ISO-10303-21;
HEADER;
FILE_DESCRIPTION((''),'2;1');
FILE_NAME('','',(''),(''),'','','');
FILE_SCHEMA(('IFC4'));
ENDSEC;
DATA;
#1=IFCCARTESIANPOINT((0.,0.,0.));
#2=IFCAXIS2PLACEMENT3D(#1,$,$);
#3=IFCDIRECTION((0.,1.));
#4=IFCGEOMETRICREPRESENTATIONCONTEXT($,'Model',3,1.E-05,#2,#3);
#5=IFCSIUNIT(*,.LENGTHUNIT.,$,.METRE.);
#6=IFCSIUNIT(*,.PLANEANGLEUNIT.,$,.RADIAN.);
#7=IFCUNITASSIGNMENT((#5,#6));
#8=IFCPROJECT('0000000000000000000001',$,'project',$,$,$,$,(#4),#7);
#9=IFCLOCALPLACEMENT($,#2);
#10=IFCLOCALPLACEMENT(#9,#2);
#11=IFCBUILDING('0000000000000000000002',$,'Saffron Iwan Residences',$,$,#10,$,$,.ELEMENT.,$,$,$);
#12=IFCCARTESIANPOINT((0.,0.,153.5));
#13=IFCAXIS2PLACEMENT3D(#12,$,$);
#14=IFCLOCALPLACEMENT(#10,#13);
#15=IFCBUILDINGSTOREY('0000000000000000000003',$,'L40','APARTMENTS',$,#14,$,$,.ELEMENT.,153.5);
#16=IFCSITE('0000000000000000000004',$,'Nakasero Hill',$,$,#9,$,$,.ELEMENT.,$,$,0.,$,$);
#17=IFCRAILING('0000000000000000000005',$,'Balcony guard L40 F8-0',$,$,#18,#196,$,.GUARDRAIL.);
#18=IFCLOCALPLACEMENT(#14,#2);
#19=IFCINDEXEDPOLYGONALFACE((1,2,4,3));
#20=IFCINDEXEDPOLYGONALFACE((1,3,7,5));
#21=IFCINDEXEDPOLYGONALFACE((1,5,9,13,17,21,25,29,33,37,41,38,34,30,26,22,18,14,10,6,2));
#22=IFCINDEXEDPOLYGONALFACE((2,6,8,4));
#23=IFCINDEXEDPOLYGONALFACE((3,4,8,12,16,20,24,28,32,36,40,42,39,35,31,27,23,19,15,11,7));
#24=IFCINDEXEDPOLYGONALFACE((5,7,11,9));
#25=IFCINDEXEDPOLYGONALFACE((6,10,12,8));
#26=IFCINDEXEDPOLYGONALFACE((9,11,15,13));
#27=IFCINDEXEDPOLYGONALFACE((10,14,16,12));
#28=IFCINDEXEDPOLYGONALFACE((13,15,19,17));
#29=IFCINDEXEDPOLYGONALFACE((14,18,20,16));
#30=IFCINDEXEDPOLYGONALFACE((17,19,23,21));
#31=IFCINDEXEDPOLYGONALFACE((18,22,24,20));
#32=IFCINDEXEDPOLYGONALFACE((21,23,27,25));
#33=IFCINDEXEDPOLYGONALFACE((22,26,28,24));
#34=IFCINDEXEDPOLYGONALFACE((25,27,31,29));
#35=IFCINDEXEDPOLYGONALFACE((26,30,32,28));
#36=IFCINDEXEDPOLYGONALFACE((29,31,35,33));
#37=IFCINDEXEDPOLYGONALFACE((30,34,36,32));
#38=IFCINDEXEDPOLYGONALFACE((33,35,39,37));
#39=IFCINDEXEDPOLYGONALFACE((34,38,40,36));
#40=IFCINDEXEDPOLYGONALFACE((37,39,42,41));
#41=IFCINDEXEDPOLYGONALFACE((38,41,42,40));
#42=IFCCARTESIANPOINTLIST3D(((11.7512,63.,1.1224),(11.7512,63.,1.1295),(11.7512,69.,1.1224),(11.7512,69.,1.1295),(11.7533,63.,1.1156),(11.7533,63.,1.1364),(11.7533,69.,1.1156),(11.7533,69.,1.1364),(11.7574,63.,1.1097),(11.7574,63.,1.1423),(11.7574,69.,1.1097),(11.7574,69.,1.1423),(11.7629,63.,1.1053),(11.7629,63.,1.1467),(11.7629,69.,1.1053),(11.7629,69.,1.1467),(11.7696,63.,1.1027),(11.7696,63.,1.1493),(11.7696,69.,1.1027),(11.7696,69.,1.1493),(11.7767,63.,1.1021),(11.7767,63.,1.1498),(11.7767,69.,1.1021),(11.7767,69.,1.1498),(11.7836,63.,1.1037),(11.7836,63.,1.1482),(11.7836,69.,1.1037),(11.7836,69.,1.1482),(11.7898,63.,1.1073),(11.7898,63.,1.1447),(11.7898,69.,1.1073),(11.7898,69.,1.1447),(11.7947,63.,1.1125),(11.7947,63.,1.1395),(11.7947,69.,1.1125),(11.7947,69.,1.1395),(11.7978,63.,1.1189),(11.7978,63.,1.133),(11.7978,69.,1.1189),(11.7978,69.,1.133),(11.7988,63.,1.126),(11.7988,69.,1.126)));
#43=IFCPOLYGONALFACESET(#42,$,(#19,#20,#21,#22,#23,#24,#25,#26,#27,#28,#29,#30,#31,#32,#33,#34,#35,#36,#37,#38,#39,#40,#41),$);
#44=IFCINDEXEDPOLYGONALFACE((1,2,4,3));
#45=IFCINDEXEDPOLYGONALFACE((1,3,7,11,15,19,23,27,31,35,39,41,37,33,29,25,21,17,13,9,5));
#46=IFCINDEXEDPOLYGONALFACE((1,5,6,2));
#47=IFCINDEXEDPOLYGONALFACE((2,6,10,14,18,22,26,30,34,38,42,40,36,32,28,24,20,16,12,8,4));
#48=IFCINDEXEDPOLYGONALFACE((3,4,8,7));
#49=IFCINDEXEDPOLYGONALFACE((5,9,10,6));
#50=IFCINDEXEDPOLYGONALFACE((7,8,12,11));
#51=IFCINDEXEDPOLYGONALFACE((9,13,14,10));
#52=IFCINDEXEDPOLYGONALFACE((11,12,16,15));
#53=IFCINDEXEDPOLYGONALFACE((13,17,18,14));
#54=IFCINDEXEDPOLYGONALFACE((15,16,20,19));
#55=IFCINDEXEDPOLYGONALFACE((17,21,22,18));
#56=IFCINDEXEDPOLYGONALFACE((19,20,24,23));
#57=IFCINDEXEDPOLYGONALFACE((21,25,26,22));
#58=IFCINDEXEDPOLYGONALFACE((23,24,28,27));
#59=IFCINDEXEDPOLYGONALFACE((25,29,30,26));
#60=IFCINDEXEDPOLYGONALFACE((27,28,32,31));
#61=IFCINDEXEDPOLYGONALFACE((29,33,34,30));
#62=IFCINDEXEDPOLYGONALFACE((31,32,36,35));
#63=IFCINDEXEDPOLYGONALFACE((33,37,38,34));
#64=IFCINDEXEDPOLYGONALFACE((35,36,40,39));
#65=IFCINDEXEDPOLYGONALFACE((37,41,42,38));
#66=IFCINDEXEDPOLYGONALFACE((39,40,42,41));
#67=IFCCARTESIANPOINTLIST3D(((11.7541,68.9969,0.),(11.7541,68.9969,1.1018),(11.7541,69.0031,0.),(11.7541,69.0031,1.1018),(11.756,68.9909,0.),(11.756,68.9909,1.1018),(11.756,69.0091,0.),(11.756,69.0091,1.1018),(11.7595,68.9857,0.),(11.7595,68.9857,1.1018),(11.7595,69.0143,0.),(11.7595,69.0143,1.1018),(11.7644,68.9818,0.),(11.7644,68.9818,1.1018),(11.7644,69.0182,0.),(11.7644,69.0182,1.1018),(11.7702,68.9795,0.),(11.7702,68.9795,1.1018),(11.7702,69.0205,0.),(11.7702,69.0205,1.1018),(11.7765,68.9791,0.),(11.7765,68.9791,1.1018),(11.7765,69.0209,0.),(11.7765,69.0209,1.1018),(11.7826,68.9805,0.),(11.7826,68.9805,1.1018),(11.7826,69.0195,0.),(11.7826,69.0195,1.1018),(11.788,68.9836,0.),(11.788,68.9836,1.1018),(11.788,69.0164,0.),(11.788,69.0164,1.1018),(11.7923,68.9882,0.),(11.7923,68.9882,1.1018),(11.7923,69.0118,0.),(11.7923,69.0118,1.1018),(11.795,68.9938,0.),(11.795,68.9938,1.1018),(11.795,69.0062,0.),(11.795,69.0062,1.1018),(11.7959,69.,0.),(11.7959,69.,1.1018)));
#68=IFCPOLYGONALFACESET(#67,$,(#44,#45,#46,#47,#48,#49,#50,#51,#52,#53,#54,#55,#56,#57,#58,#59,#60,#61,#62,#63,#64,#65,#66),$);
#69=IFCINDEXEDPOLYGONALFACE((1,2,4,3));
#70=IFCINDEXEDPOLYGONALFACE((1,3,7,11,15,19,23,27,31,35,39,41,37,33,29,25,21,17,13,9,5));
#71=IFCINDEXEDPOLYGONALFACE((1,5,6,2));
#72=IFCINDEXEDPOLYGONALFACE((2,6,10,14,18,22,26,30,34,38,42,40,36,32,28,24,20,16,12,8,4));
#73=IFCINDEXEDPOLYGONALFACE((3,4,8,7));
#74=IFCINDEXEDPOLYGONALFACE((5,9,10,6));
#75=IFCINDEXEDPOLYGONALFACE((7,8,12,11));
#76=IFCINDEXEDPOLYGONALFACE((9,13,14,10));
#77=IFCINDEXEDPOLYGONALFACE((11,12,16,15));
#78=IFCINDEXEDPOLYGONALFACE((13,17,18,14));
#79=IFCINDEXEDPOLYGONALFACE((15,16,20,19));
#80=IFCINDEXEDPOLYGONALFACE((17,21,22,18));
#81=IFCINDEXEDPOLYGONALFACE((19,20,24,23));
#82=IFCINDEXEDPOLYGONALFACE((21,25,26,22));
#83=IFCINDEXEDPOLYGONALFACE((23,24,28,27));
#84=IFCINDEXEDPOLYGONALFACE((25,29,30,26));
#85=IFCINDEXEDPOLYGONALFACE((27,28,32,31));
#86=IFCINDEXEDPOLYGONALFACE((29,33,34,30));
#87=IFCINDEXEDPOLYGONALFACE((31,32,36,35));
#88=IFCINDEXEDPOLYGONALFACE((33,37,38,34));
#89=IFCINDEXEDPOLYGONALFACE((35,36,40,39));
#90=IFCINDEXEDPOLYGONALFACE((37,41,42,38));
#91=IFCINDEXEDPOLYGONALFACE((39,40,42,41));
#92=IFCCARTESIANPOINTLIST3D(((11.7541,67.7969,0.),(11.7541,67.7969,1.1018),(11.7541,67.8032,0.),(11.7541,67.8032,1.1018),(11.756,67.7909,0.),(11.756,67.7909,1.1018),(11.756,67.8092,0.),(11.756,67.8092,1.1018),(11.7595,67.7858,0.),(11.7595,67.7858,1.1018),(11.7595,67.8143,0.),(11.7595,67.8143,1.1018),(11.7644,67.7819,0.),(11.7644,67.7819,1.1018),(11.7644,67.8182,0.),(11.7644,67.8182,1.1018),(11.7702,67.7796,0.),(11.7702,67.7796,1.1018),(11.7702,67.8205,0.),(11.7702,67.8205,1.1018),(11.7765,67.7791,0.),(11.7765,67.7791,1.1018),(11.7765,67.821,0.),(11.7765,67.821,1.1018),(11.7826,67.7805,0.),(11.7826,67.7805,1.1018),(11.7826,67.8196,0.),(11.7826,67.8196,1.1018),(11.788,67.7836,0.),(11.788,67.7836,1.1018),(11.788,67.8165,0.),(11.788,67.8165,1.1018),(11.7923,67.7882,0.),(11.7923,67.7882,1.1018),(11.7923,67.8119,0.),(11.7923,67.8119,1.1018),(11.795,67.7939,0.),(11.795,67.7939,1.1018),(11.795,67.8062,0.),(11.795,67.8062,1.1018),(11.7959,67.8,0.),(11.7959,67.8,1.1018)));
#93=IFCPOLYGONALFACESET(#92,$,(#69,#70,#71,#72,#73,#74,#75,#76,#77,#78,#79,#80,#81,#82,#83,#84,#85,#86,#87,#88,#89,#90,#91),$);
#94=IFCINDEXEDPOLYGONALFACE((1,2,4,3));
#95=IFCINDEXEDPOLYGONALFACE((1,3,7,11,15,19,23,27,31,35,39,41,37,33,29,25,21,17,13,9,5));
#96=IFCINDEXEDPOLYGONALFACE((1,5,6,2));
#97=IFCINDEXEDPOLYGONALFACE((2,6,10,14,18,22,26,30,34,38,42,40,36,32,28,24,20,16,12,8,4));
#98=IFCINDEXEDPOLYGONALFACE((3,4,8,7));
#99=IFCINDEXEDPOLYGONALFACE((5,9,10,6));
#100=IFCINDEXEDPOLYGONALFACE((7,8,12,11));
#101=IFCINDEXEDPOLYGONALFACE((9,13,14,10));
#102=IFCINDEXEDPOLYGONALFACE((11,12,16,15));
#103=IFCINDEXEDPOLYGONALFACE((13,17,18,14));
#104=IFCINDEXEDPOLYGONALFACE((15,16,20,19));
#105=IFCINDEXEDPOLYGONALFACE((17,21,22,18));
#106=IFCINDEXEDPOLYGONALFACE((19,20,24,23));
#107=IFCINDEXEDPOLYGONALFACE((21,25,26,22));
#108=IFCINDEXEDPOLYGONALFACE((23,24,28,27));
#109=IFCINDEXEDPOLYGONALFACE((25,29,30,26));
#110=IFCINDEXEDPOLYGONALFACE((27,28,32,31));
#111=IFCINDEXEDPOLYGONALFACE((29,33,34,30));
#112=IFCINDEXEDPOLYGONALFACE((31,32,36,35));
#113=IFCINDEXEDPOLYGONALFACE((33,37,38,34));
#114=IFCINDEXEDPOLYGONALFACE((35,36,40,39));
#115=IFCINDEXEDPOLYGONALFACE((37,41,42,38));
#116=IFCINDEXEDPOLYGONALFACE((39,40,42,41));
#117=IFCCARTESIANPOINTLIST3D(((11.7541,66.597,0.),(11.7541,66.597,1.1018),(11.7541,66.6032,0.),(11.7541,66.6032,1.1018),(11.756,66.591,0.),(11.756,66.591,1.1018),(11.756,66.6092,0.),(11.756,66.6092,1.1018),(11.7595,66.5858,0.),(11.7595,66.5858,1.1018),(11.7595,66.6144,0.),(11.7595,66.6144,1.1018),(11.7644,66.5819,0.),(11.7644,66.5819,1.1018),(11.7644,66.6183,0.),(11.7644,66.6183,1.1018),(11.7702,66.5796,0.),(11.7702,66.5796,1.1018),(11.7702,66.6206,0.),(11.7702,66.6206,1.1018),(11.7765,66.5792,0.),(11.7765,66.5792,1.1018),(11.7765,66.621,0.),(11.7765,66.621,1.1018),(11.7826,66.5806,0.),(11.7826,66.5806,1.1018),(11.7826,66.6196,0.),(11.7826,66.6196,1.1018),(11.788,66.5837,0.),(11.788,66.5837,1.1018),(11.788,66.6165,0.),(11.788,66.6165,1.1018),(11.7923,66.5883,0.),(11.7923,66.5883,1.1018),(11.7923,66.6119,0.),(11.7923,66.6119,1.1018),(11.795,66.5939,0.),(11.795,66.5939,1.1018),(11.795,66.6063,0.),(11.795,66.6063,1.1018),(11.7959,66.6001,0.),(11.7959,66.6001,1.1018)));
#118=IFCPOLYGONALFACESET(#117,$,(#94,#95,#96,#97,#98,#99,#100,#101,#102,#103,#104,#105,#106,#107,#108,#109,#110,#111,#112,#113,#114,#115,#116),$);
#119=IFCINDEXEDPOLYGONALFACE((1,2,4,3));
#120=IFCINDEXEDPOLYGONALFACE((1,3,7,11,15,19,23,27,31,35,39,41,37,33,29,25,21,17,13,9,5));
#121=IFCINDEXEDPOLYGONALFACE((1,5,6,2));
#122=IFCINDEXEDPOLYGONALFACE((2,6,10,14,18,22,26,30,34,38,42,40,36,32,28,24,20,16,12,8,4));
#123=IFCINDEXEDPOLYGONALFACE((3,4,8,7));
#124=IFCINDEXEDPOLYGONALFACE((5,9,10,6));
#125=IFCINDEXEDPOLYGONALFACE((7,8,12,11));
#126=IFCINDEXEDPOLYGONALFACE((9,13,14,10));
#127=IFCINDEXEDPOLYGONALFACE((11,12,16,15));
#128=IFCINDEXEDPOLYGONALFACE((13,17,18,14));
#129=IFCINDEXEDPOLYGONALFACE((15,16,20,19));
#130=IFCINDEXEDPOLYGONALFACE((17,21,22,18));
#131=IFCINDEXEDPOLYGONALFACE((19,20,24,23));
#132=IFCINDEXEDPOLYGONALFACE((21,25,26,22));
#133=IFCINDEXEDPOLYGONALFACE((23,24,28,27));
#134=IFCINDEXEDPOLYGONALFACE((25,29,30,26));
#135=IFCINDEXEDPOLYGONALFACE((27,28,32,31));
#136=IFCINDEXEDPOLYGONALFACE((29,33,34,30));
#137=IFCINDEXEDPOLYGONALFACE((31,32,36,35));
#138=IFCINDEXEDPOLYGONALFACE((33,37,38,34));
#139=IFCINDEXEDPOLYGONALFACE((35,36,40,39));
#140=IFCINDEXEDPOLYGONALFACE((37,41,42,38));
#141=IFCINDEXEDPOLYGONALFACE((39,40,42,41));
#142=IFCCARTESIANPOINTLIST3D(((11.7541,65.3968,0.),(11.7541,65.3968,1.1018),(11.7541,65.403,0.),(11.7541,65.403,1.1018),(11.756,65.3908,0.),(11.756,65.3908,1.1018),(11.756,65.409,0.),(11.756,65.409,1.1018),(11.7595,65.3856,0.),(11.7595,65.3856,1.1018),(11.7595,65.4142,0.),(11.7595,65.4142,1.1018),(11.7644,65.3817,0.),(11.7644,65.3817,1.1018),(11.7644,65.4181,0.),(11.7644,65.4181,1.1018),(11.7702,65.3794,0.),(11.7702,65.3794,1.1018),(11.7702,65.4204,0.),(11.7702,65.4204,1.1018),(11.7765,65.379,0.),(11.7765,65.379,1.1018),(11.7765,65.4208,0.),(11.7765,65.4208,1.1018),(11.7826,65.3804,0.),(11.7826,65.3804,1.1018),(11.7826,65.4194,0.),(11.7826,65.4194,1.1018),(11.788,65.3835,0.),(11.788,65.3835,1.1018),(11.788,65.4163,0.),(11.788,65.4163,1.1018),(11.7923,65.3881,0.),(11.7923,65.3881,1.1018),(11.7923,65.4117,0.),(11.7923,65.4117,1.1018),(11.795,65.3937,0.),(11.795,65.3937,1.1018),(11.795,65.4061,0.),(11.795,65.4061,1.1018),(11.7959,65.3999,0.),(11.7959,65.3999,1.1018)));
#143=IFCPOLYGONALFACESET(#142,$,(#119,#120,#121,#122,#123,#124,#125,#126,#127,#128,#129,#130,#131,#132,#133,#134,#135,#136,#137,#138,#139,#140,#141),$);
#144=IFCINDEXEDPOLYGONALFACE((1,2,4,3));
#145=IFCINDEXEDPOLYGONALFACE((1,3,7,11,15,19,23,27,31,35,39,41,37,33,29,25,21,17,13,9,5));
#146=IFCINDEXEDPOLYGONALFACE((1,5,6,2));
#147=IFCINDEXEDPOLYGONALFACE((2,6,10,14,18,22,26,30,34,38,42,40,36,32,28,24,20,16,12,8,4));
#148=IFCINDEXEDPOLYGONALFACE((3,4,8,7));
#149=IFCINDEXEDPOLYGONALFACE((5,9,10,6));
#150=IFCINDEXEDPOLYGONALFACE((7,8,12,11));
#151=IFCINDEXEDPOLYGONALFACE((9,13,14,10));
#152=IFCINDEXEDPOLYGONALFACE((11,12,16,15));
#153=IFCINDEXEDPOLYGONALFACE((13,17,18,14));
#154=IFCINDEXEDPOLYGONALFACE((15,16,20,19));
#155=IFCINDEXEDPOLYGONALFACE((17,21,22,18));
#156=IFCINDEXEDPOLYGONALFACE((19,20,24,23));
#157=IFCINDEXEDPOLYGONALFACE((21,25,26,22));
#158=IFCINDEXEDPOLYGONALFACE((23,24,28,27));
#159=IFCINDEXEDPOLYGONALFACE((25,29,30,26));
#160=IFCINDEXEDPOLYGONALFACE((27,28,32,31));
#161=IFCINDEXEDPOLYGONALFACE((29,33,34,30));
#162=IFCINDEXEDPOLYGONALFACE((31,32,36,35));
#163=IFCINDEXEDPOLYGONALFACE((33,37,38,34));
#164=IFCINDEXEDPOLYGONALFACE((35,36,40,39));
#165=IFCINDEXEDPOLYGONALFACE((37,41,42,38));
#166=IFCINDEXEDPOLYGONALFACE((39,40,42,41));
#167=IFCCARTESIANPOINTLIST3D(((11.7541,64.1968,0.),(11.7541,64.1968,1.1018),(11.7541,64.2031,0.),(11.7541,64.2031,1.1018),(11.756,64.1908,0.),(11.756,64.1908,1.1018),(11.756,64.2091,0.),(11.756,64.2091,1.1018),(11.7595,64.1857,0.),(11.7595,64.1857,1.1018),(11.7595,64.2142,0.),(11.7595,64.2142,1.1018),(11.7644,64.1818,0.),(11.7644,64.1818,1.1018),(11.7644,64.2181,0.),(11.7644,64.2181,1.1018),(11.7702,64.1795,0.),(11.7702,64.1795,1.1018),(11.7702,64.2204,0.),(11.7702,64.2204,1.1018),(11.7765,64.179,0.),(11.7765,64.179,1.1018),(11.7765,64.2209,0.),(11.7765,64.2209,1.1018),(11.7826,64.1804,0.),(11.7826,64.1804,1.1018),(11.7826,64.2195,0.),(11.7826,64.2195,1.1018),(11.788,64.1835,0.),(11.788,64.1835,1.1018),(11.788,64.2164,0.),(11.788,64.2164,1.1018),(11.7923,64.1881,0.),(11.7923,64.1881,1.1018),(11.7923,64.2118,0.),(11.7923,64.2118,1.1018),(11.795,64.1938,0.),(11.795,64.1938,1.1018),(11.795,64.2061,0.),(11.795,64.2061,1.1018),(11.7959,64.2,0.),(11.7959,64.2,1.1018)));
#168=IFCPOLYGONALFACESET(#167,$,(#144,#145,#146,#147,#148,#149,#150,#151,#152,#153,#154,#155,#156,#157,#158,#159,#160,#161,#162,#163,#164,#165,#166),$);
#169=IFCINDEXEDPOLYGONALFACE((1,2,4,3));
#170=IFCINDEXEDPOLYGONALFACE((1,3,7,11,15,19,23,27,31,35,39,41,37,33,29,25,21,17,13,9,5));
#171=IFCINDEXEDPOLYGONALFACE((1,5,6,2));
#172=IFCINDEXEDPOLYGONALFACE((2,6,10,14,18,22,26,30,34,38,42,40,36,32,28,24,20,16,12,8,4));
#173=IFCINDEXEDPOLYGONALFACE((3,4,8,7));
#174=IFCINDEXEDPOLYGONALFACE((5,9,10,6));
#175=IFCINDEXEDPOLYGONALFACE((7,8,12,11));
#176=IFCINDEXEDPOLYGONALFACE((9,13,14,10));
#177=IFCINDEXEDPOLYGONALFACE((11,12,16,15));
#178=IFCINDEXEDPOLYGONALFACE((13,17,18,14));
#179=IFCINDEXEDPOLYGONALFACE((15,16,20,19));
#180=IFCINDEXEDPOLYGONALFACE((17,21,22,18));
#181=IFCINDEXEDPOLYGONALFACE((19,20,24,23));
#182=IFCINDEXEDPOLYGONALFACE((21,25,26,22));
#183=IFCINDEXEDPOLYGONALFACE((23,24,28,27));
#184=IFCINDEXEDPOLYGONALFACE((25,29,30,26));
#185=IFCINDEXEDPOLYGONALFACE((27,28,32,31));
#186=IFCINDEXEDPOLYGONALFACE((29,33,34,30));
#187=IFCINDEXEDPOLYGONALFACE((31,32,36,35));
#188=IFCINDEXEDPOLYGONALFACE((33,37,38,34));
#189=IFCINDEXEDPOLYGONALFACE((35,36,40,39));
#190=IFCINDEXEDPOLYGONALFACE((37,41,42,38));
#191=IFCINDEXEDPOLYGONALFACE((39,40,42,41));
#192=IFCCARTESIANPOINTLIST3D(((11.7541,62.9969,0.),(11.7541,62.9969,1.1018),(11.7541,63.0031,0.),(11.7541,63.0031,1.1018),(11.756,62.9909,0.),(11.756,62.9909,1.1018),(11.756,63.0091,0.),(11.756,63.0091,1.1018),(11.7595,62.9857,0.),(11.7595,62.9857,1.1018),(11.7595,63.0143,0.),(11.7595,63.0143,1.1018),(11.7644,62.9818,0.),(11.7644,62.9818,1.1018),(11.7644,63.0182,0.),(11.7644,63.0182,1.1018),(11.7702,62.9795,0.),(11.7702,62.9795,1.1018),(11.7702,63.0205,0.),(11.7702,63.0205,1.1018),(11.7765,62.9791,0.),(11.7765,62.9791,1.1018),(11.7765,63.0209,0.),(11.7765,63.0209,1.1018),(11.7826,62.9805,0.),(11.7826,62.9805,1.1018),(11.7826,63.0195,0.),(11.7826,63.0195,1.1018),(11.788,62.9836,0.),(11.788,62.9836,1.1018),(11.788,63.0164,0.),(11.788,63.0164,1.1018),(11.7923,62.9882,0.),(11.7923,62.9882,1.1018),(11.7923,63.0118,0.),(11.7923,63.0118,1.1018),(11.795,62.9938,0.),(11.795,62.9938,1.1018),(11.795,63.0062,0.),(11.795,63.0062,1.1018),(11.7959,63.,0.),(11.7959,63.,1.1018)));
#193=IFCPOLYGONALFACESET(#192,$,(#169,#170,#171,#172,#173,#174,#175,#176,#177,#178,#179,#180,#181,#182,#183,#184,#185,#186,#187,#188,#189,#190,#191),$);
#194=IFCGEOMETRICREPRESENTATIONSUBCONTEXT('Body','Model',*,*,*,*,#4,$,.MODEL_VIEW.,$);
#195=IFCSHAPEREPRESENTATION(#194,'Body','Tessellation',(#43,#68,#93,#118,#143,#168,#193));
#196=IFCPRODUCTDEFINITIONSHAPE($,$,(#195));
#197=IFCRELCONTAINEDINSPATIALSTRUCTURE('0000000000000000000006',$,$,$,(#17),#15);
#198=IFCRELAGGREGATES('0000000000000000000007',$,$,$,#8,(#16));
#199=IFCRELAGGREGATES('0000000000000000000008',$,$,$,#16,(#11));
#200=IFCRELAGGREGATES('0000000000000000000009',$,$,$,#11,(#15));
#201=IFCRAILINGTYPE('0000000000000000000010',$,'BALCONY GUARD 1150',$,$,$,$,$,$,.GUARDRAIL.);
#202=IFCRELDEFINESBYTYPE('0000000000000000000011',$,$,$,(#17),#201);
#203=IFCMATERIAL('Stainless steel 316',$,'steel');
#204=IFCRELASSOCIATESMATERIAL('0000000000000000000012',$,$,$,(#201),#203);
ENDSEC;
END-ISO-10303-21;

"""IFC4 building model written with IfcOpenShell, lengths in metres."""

from ifc_helpers import new_model, si_unit, direction, frame, origin, origin_2d, place, context, subcontext, project, spatial, circle, extrude, material, type_object, element, save


model = new_model("IFC4")

# Units and contexts
model_context = context("Model", 3, precision=1e-05, world=origin(), true_north=direction((0.0, 1.0)))
body_context = subcontext(model_context, "Body", "Model", "MODEL_VIEW")
ifc_project = project(units=[si_unit("LENGTHUNIT", "METRE"), si_unit("PLANEANGLEUNIT", "RADIAN")], contexts=[model_context])

# Site, building, storey
site_placement = place(None, origin())
site = spatial("IfcSite", under=ifc_project, at=site_placement, Name="Nakasero Hill", CompositionType="ELEMENT", RefElevation=0.0)
building_placement = place(site_placement, origin())
building = spatial("IfcBuilding", under=site, at=building_placement, Name="Saffron Iwan Residences", CompositionType="ELEMENT")
storey_placement = place(building_placement, frame((0.0, 0.0, 153.5)))
storey = spatial("IfcBuildingStorey", under=building, at=storey_placement, Name="L40", Description="APARTMENTS", CompositionType="ELEMENT", Elevation=153.5)

# Railing
ifc_material_1 = material(Name="Stainless steel 316", Category="steel")
railing_type = type_object("IfcRailingType", Name="BALCONY GUARD 1150", PredefinedType="GUARDRAIL", material=ifc_material_1)
railing_placement = place(storey_placement, frame((11.7749, 69.0, 0.0)))
element("IfcRailing", 1, at=railing_placement, inside=storey, type_object=railing_type, Name="Balcony guard L40 F8-0", PredefinedType="GUARDRAIL", context=body_context, shape_type="SweptSolid", body=[
    extrude(circle(Radius=0.0239, at=origin_2d()), frame((0.0, 0.0, 1.126), z_axis=(0.0, -1.0, 0.0), x_axis=(1.0, 0.0, 0.0)), (0.0, 0.0, 1.0), 6.0),
    extrude(circle(Radius=0.021, at=origin_2d()), origin(), (0.0, 0.0, 1.0), 1.1018),
    extrude(circle(Radius=0.021, at=origin_2d()), frame((0.0, -1.2, 0.0)), (0.0, 0.0, 1.0), 1.1018),
    extrude(circle(Radius=0.021, at=origin_2d()), frame((0.0, -2.3999, 0.0)), (0.0, 0.0, 1.0), 1.1018),
    extrude(circle(Radius=0.021, at=origin_2d()), frame((0.0, -3.6001, 0.0)), (0.0, 0.0, 1.0), 1.1018),
    extrude(circle(Radius=0.021, at=origin_2d()), frame((0.0, -4.8, 0.0)), (0.0, 0.0, 1.0), 1.1018),
    extrude(circle(Radius=0.021, at=origin_2d()), frame((0.0, -6.0, 0.0)), (0.0, 0.0, 1.0), 1.1018),
])

save(model, "model.ifc")
